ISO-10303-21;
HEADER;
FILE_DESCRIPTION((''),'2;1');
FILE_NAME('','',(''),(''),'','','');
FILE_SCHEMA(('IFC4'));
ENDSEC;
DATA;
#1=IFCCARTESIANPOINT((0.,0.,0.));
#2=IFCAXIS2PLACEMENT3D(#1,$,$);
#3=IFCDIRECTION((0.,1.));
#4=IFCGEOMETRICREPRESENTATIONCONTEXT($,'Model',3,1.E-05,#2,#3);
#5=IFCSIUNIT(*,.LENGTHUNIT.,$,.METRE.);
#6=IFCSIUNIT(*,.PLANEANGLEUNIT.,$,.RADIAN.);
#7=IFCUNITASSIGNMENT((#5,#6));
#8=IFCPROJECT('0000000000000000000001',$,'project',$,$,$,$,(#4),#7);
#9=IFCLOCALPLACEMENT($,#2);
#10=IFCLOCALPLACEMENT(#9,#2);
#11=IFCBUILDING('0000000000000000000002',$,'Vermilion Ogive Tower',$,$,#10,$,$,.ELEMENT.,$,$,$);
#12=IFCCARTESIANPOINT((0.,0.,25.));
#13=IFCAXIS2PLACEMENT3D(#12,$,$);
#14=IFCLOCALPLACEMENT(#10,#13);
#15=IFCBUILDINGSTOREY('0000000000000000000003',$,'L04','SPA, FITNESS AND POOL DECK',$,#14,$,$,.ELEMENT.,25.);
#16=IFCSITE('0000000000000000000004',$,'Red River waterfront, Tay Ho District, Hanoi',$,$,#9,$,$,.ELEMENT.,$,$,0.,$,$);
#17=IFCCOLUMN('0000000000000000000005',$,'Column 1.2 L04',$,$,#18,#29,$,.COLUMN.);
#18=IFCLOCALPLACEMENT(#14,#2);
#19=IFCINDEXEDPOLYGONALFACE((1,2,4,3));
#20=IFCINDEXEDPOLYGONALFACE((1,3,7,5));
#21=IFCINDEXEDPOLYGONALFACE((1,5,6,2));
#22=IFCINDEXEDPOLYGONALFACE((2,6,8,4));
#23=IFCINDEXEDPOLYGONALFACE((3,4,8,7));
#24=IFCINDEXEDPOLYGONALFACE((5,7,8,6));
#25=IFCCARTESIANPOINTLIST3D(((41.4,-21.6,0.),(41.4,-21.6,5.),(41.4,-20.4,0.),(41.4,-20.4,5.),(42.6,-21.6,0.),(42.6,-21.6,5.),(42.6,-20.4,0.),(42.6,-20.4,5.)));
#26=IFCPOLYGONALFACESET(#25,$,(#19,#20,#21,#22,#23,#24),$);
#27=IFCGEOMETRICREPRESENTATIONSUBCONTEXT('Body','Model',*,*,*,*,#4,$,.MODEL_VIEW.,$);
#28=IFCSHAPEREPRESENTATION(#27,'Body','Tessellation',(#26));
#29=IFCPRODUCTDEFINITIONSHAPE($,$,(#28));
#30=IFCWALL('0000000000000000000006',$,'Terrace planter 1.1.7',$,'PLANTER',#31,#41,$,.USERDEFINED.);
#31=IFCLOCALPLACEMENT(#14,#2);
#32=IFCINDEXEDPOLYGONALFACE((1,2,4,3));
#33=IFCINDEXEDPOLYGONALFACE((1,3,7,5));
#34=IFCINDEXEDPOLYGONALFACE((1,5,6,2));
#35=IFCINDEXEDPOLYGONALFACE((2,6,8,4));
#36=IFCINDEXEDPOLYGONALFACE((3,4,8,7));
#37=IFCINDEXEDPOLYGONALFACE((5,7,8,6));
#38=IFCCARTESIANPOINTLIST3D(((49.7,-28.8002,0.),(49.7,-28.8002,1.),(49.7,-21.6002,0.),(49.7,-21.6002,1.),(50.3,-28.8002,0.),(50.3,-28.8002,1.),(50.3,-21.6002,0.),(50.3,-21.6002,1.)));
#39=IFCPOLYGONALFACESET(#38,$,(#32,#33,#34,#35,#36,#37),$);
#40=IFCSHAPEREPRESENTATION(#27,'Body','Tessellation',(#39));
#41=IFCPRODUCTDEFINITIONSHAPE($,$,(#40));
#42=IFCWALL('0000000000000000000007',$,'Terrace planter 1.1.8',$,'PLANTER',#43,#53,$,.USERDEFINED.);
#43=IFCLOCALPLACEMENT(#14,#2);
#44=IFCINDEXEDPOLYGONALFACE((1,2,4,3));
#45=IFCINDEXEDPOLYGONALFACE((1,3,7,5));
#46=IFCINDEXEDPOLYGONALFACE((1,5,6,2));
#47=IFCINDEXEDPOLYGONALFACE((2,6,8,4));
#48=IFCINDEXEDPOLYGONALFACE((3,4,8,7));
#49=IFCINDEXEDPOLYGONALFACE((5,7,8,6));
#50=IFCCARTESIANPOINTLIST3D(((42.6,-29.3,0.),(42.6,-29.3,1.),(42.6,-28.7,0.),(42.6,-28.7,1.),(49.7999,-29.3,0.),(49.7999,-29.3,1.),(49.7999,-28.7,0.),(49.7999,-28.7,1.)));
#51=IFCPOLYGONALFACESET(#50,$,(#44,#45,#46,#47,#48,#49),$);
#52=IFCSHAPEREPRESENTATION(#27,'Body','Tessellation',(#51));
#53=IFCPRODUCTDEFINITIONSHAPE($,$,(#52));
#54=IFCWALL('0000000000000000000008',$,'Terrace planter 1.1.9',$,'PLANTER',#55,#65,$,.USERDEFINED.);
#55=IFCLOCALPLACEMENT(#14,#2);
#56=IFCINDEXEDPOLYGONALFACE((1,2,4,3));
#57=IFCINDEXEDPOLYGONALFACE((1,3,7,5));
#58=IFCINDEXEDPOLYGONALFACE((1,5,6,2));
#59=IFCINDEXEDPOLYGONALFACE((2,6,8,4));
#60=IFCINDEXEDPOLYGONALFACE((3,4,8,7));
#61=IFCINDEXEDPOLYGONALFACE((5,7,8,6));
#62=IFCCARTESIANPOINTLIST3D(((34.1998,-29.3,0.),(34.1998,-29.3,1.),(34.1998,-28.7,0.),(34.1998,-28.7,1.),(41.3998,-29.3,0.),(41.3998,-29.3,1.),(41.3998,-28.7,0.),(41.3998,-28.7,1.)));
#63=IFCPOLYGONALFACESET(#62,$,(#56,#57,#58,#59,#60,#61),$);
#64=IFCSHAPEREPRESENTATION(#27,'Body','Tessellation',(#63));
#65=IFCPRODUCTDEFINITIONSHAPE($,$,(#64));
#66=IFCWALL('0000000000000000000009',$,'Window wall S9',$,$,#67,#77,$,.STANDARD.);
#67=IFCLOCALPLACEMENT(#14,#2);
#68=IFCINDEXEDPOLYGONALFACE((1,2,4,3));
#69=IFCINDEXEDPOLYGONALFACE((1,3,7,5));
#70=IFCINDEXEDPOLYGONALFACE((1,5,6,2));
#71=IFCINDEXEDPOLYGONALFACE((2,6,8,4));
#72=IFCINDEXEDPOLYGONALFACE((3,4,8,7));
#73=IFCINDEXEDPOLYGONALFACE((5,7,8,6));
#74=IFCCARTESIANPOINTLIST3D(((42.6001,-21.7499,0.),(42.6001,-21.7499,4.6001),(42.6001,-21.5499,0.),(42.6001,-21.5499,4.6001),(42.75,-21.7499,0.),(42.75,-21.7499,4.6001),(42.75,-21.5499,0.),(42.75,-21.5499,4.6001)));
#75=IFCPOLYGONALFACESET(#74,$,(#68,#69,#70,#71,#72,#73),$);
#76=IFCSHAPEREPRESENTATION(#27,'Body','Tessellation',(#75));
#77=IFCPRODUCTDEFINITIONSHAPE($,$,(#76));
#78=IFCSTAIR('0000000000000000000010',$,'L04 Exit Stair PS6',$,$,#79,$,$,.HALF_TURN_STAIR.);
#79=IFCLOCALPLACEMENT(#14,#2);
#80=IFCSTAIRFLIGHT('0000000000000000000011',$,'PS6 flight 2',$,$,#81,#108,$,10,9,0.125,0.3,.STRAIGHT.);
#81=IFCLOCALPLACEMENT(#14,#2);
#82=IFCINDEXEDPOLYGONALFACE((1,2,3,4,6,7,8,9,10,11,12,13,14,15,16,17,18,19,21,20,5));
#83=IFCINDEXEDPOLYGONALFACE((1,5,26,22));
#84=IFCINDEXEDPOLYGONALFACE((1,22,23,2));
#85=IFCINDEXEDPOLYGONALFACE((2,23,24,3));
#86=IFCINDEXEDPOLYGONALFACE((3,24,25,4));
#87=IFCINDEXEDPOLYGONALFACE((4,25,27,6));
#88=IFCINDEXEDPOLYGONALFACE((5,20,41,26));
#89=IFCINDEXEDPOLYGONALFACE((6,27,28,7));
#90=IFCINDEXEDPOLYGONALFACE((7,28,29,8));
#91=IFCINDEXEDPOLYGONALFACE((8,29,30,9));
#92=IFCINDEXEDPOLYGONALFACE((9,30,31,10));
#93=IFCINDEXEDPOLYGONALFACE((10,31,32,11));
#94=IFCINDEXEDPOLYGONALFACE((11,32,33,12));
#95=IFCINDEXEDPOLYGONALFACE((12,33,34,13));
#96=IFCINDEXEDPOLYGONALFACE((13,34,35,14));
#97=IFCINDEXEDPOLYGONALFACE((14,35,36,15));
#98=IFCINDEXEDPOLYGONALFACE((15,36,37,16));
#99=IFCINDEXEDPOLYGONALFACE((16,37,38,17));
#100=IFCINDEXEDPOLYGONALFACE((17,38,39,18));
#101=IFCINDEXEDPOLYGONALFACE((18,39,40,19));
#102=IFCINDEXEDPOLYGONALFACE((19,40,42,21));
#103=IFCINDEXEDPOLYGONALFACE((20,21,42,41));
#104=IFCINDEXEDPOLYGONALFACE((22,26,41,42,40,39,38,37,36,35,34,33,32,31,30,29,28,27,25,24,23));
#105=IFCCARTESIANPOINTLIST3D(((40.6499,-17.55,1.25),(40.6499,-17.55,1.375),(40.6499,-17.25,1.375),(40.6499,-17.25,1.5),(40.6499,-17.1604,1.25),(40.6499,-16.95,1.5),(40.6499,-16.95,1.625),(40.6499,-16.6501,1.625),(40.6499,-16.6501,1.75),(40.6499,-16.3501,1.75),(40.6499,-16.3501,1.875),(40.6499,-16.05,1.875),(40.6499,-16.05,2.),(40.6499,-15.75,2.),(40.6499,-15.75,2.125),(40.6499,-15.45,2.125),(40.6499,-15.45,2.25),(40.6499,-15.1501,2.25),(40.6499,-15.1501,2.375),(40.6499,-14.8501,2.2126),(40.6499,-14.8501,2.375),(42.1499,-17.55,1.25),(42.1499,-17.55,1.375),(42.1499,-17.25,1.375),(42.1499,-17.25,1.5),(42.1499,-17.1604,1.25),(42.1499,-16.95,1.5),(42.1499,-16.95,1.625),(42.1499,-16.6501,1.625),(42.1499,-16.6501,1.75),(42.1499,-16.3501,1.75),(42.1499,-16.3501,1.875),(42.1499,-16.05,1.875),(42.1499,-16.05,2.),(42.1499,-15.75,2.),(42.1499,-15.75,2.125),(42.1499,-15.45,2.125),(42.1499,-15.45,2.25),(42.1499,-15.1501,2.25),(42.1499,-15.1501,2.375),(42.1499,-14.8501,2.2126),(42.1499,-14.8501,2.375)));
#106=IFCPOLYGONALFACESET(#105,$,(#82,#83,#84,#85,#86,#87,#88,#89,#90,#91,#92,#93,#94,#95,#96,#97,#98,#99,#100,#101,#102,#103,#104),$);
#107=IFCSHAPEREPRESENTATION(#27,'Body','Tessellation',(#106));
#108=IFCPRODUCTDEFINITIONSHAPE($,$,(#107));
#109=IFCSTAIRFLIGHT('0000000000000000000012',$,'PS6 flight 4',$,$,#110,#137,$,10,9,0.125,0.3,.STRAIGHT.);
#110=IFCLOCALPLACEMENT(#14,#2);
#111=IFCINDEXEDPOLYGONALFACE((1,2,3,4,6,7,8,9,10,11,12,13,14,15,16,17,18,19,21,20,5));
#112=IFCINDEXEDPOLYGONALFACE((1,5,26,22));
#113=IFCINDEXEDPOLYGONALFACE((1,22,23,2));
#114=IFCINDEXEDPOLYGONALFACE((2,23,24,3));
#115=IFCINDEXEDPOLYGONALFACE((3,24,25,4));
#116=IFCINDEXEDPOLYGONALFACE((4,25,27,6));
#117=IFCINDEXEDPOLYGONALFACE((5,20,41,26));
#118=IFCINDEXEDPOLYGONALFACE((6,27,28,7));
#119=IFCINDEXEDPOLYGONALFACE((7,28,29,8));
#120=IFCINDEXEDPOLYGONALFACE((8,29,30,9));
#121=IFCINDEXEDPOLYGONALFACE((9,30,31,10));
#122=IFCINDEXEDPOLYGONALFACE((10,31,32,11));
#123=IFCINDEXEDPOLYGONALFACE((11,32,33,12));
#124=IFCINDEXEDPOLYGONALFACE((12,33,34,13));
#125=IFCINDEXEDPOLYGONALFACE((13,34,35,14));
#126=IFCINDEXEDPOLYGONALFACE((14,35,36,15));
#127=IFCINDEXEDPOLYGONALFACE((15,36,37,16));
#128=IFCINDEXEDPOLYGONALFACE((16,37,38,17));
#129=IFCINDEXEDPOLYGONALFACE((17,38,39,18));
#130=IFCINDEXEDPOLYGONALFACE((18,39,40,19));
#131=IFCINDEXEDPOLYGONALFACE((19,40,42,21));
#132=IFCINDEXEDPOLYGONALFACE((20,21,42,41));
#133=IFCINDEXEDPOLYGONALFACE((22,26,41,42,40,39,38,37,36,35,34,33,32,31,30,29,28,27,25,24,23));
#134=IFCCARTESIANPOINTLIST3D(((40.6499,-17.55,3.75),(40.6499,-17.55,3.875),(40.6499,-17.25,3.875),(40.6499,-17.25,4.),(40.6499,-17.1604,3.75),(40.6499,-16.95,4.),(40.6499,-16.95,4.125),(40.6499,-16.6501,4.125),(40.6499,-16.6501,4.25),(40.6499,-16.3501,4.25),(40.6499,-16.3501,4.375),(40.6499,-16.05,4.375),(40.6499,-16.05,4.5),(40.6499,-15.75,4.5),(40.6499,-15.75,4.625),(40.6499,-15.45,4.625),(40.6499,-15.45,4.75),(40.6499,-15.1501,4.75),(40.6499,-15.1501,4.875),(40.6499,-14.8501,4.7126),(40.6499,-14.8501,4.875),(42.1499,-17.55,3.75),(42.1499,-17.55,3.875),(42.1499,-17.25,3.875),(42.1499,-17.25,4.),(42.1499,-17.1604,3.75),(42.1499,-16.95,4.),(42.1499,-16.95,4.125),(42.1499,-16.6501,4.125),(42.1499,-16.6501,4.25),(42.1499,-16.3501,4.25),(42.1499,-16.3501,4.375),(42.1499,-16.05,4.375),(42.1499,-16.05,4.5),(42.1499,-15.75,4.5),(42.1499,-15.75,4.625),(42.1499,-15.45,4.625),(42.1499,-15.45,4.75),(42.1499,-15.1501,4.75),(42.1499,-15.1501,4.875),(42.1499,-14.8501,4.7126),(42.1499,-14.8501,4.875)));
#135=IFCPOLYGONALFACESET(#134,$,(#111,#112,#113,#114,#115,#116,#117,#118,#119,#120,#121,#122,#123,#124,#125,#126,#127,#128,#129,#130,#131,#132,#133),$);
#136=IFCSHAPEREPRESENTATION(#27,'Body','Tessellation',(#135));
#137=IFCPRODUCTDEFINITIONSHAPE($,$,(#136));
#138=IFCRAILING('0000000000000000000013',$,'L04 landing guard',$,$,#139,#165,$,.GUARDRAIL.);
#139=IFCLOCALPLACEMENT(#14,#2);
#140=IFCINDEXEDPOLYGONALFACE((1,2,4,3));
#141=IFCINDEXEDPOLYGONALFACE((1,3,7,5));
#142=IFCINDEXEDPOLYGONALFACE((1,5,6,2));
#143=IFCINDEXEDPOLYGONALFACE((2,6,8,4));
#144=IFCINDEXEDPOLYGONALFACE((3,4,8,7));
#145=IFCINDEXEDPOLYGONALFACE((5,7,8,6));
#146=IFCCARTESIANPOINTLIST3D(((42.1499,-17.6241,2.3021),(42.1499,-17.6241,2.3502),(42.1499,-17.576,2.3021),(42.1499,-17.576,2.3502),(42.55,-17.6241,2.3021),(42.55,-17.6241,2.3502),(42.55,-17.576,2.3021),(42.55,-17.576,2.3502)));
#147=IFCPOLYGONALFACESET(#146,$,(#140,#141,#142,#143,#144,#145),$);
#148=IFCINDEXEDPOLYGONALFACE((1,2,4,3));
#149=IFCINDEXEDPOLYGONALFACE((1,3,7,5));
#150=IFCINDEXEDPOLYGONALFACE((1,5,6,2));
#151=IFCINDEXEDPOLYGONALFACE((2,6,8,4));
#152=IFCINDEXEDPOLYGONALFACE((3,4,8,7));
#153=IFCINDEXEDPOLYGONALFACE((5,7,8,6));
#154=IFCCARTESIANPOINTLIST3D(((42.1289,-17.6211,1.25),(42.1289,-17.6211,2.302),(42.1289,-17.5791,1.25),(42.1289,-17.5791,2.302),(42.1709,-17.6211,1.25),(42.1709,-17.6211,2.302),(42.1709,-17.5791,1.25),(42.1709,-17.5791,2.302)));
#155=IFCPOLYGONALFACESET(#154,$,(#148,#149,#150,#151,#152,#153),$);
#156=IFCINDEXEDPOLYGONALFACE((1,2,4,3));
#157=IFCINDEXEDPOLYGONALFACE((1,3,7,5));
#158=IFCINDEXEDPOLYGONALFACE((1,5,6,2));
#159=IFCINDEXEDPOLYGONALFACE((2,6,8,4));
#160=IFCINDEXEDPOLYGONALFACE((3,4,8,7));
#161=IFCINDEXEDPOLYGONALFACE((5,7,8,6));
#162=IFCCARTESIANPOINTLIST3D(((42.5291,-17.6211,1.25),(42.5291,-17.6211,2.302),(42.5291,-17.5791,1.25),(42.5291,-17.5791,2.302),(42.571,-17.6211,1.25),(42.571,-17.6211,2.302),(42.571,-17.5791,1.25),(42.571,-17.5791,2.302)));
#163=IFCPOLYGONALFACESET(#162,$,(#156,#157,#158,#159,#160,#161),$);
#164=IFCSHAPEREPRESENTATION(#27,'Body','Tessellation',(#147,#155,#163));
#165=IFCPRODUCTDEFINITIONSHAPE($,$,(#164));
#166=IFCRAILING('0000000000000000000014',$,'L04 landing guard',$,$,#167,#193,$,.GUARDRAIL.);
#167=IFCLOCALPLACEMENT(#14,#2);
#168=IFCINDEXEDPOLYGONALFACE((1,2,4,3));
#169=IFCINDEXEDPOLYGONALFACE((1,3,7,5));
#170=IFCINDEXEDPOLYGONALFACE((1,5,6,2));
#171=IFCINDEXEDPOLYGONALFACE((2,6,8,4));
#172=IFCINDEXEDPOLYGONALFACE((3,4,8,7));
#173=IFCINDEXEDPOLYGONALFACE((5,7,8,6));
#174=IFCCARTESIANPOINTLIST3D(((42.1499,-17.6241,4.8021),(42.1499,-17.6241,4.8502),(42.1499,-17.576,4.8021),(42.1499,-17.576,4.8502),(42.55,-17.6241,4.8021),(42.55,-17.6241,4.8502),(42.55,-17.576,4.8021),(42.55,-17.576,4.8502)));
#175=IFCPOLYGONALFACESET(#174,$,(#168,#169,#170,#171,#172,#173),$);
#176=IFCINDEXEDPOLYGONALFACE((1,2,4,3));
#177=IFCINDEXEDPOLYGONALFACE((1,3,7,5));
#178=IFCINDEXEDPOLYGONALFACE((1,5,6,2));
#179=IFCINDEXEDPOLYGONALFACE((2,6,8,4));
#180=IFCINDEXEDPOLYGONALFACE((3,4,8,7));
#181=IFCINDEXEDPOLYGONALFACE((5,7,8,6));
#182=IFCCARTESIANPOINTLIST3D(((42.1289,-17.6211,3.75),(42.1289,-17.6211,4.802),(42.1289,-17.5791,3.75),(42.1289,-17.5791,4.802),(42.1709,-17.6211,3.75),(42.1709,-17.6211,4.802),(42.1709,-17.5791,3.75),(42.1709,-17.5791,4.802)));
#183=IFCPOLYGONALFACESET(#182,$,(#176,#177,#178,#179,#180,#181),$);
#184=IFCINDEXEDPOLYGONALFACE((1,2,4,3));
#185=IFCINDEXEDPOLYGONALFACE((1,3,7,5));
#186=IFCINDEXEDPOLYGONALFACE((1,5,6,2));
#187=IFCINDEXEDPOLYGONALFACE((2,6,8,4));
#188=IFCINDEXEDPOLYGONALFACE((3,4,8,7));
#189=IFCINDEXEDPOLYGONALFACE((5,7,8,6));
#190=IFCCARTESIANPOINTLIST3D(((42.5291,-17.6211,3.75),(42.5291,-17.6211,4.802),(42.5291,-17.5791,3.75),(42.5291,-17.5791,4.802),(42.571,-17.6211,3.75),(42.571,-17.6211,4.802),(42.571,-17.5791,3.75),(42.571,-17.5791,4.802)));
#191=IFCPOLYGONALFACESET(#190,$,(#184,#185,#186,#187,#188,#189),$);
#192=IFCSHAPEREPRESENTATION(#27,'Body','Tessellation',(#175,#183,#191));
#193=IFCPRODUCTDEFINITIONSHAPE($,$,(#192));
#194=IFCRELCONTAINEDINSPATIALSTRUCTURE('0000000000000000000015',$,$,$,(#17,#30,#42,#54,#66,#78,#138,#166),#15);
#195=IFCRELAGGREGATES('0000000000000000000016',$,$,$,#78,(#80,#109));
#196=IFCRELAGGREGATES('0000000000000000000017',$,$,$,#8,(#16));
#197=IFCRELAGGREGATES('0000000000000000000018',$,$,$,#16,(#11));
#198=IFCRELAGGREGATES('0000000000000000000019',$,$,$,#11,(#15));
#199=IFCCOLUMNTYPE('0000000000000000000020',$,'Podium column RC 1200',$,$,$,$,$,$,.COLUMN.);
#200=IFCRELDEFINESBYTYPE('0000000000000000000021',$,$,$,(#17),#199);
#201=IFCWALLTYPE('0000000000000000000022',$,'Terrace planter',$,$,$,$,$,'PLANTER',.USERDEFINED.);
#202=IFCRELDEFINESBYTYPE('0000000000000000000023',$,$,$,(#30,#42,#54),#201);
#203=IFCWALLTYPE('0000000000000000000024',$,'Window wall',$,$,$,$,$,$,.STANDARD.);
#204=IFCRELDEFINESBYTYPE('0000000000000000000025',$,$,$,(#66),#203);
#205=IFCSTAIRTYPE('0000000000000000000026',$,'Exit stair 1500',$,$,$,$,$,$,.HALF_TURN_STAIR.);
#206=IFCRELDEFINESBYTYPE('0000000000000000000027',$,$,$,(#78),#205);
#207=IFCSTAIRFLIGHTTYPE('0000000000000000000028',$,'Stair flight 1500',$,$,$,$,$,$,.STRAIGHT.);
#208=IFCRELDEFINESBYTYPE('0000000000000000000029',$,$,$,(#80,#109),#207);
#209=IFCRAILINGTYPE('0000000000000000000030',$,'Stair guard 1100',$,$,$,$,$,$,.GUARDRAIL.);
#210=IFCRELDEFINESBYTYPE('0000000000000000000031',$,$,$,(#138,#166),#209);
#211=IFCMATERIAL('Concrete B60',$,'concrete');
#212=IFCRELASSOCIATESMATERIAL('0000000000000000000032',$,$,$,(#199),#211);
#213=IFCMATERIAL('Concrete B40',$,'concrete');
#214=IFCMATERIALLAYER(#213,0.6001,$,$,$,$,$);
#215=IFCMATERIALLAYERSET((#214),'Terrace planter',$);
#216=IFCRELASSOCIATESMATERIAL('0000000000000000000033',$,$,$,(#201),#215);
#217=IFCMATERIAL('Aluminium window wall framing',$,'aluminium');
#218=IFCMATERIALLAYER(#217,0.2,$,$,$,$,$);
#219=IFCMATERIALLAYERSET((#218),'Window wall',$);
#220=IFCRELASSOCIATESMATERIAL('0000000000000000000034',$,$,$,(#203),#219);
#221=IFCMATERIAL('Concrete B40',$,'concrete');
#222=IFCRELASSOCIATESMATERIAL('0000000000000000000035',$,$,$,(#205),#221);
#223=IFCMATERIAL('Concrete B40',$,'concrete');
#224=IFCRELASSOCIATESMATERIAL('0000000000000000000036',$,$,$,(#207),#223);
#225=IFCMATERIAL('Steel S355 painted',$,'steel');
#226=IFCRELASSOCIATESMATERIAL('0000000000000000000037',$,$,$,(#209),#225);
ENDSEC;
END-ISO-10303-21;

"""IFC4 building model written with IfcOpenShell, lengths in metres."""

from ifc_helpers import new_model, si_unit, direction, frame, frame_2d, origin, origin_2d, place, context, subcontext, project, spatial, polyline, rectangle, outline, extrude, material, layer, layer_set, material_profile, profile_set, type_object, element, aggregate, save


model = new_model("IFC4")

# Units and contexts
model_context = context("Model", 3, precision=1e-05, world=origin(), true_north=direction((0.0, 1.0)))
body_context = subcontext(model_context, "Body", "Model", "MODEL_VIEW")
ifc_project = project(units=[si_unit("LENGTHUNIT", "METRE"), si_unit("PLANEANGLEUNIT", "RADIAN")], contexts=[model_context])

# Site, building, storey
site_placement = place(None, origin())
site = spatial("IfcSite", under=ifc_project, at=site_placement, Name="Red River waterfront, Tay Ho District, Hanoi", CompositionType="ELEMENT", RefElevation=0.0)
building_placement = place(site_placement, origin())
building = spatial("IfcBuilding", under=site, at=building_placement, Name="Vermilion Ogive Tower", CompositionType="ELEMENT")
storey_placement = place(building_placement, frame((0.0, 0.0, 25.0)))
storey = spatial("IfcBuildingStorey", under=building, at=storey_placement, Name="L04", Description="SPA, FITNESS AND POOL DECK", CompositionType="ELEMENT", Elevation=25.0)

# Column
ifc_material_1 = material(Name="Concrete B60", Category="concrete")
ifc_material_profile = material_profile(ifc_material_1, rectangle(XDim=1.2, YDim=1.2, at=origin_2d()), Name="RC 1200x1200")
ifc_profile_set = profile_set([ifc_material_profile], Name="Concrete B60")
column_type = type_object("IfcColumnType", Name="Podium column RC 1200", PredefinedType="COLUMN", material=ifc_profile_set)
column_placement = place(storey_placement, frame((42.0, -21.0, 0.0), z_axis=(0.0, 0.0, 1.0), x_axis=(1.0, 0.0, 0.0)))
element("IfcColumn", 1, at=column_placement, inside=storey, type_object=column_type, Name="Column 1.2 L04", PredefinedType="COLUMN", context=body_context, shape_type="SweptSolid", body=[
    extrude(rectangle(XDim=1.2, YDim=1.2, at=origin_2d()), origin(), (0.0, 0.0, 1.0), 5.0),
])

# Walls
ifc_material_2 = material(Name="Concrete B40", Category="concrete")
ifc_layer_1 = layer(ifc_material_2, 0.6001)
ifc_layer_set_1 = layer_set([ifc_layer_1], Name="Terrace planter")
wall_type_1 = type_object("IfcWallType", Name="Terrace planter", ElementType="PLANTER", PredefinedType="USERDEFINED", material=ifc_layer_set_1)
for number, where, z_axis, x_axis, name in (
    (2, (50.0, -21.6001, 0.0), (0.0, 0.0, 1.0), (0.0, -1.0, 0.0), "Terrace planter 1.1.7"),
    (3, (49.8, -29.0, 0.0), (0.0, 0.0, 1.0), (-1.0, 0.0, 0.0), "Terrace planter 1.1.8"),
    (4, (41.3999, -29.0, 0.0), (0.0, 0.0, 1.0), (-1.0, 0.0, 0.0), "Terrace planter 1.1.9"),
):
    element("IfcWall", number, at=place(storey_placement, frame(where, z_axis=z_axis, x_axis=x_axis)), inside=storey, type_object=wall_type_1, Name=name, ObjectType="PLANTER", PredefinedType="USERDEFINED", context=body_context, shape_type="SweptSolid", body=[
        extrude(rectangle(XDim=7.2, YDim=0.6001, at=frame_2d((3.6001, 0.0))), origin(), (0.0, 0.0, 1.0), 1.0),
    ])
ifc_material_3 = material(Name="Aluminium window wall framing", Category="aluminium")
ifc_layer_2 = layer(ifc_material_3, 0.2)
ifc_layer_set_2 = layer_set([ifc_layer_2], Name="Window wall")
wall_type_2 = type_object("IfcWallType", Name="Window wall", PredefinedType="STANDARD", material=ifc_layer_set_2)
wall_1_placement = place(storey_placement, frame((42.6001, -21.6499, 0.0), z_axis=(0.0, 0.0, 1.0), x_axis=(1.0, 0.0, 0.0)))
element("IfcWall", 5, at=wall_1_placement, inside=storey, type_object=wall_type_2, Name="Window wall S9", PredefinedType="STANDARD", context=body_context, shape_type="SweptSolid", body=[
    extrude(rectangle(XDim=0.1499, YDim=0.2, at=frame_2d((0.075, 0.0))), origin(), (0.0, 0.0, 1.0), 4.6001),
])

# Stair, stair flights
ifc_material_4 = material(Name="Concrete B40", Category="concrete")
stair_type = type_object("IfcStairType", Name="Exit stair 1500", PredefinedType="HALF_TURN_STAIR", material=ifc_material_4)
stair_placement = place(storey_placement, origin())
stair = element("IfcStair", 6, at=stair_placement, inside=storey, type_object=stair_type, Name="L04 Exit Stair PS6", PredefinedType="HALF_TURN_STAIR")
ifc_material_5 = material(Name="Concrete B40", Category="concrete")
stair_flight_type = type_object("IfcStairFlightType", Name="Stair flight 1500", PredefinedType="STRAIGHT", material=ifc_material_5)
stair_flight_1_placement = place(storey_placement, frame((41.3999, -17.55, 1.25), z_axis=(0.0, 0.0, 1.0), x_axis=(0.0, 1.0, 0.0)))
stair_flight_1 = element("IfcStairFlight", 7, at=stair_flight_1_placement, type_object=stair_flight_type, Name="PS6 flight 2", NumberOfRisers=10, NumberOfTreads=9, PredefinedType="STRAIGHT", RiserHeight=0.125, TreadLength=0.3, context=body_context, shape_type="SweptSolid", body=[
    extrude(outline(polyline([(0.0, 0.0), (0.0, 0.125), (0.3, 0.125), (0.3, 0.25), (0.6001, 0.25), (0.6001, 0.375), (0.8999, 0.375), (0.8999, 0.5), (1.2, 0.5), (1.2, 0.625), (1.5, 0.625), (1.5, 0.75), (1.8, 0.75), (1.8, 0.875), (2.1001, 0.875), (2.1001, 1.0), (2.3999, 1.0), (2.3999, 1.125), (2.7, 1.125), (2.7, 1.25), (2.7, 0.9626), (0.3896, 0.0), (0.0, 0.0)])), frame((0.0, 0.75, 0.0), z_axis=(0.0, -1.0, 0.0), x_axis=(1.0, 0.0, 0.0)), (0.0, 0.0, 1.0), 1.5),
])
stair_flight_2_placement = place(storey_placement, frame((41.3999, -17.55, 3.75), z_axis=(0.0, 0.0, 1.0), x_axis=(0.0, 1.0, 0.0)))
stair_flight_2 = element("IfcStairFlight", 8, at=stair_flight_2_placement, type_object=stair_flight_type, Name="PS6 flight 4", NumberOfRisers=10, NumberOfTreads=9, PredefinedType="STRAIGHT", RiserHeight=0.125, TreadLength=0.3, context=body_context, shape_type="SweptSolid", body=[
    extrude(outline(polyline([(0.0, 0.0), (0.0, 0.125), (0.3, 0.125), (0.3, 0.25), (0.6001, 0.25), (0.6001, 0.375), (0.8999, 0.375), (0.8999, 0.5), (1.2, 0.5), (1.2, 0.625), (1.5, 0.625), (1.5, 0.75), (1.8, 0.75), (1.8, 0.875), (2.1001, 0.875), (2.1001, 1.0), (2.3999, 1.0), (2.3999, 1.125), (2.7, 1.125), (2.7, 1.25), (2.7, 0.9626), (0.3896, 0.0), (0.0, 0.0)])), frame((0.0, 0.75, 0.0), z_axis=(0.0, -1.0, 0.0), x_axis=(1.0, 0.0, 0.0)), (0.0, 0.0, 1.0), 1.5),
])
aggregate(stair, [stair_flight_1, stair_flight_2])

# Railings
ifc_material_6 = material(Name="Steel S355 painted", Category="steel")
railing_type_1 = type_object("IfcRailingType", Name="Stair guard 1100", PredefinedType="GUARDRAIL", material=ifc_material_6)
for number, where, name in (
    (9, (42.1499, -17.6001, 1.25), "L04 landing guard"),
    (10, (42.1499, -17.6001, 3.75), "L04 landing guard"),
):
    element("IfcRailing", number, at=place(storey_placement, frame(where)), inside=storey, type_object=railing_type_1, Name=name, PredefinedType="GUARDRAIL", context=body_context, shape_type="SweptSolid", body=[
        extrude(rectangle(XDim=0.0481, YDim=0.0481, at=origin_2d()), frame((0.0, 0.0, 1.0762), z_axis=(1.0, 0.0, 0.0), x_axis=(0.0, 1.0, 0.0)), (0.0, 0.0, 1.0), 0.4001),
        extrude(rectangle(XDim=0.042, YDim=0.042, at=origin_2d()), origin(), (0.0, 0.0, 1.0), 1.052),
        extrude(rectangle(XDim=0.042, YDim=0.042, at=origin_2d()), frame((0.4001, 0.0, 0.0)), (0.0, 0.0, 1.0), 1.052),
    ])

save(model, "model.ifc")
